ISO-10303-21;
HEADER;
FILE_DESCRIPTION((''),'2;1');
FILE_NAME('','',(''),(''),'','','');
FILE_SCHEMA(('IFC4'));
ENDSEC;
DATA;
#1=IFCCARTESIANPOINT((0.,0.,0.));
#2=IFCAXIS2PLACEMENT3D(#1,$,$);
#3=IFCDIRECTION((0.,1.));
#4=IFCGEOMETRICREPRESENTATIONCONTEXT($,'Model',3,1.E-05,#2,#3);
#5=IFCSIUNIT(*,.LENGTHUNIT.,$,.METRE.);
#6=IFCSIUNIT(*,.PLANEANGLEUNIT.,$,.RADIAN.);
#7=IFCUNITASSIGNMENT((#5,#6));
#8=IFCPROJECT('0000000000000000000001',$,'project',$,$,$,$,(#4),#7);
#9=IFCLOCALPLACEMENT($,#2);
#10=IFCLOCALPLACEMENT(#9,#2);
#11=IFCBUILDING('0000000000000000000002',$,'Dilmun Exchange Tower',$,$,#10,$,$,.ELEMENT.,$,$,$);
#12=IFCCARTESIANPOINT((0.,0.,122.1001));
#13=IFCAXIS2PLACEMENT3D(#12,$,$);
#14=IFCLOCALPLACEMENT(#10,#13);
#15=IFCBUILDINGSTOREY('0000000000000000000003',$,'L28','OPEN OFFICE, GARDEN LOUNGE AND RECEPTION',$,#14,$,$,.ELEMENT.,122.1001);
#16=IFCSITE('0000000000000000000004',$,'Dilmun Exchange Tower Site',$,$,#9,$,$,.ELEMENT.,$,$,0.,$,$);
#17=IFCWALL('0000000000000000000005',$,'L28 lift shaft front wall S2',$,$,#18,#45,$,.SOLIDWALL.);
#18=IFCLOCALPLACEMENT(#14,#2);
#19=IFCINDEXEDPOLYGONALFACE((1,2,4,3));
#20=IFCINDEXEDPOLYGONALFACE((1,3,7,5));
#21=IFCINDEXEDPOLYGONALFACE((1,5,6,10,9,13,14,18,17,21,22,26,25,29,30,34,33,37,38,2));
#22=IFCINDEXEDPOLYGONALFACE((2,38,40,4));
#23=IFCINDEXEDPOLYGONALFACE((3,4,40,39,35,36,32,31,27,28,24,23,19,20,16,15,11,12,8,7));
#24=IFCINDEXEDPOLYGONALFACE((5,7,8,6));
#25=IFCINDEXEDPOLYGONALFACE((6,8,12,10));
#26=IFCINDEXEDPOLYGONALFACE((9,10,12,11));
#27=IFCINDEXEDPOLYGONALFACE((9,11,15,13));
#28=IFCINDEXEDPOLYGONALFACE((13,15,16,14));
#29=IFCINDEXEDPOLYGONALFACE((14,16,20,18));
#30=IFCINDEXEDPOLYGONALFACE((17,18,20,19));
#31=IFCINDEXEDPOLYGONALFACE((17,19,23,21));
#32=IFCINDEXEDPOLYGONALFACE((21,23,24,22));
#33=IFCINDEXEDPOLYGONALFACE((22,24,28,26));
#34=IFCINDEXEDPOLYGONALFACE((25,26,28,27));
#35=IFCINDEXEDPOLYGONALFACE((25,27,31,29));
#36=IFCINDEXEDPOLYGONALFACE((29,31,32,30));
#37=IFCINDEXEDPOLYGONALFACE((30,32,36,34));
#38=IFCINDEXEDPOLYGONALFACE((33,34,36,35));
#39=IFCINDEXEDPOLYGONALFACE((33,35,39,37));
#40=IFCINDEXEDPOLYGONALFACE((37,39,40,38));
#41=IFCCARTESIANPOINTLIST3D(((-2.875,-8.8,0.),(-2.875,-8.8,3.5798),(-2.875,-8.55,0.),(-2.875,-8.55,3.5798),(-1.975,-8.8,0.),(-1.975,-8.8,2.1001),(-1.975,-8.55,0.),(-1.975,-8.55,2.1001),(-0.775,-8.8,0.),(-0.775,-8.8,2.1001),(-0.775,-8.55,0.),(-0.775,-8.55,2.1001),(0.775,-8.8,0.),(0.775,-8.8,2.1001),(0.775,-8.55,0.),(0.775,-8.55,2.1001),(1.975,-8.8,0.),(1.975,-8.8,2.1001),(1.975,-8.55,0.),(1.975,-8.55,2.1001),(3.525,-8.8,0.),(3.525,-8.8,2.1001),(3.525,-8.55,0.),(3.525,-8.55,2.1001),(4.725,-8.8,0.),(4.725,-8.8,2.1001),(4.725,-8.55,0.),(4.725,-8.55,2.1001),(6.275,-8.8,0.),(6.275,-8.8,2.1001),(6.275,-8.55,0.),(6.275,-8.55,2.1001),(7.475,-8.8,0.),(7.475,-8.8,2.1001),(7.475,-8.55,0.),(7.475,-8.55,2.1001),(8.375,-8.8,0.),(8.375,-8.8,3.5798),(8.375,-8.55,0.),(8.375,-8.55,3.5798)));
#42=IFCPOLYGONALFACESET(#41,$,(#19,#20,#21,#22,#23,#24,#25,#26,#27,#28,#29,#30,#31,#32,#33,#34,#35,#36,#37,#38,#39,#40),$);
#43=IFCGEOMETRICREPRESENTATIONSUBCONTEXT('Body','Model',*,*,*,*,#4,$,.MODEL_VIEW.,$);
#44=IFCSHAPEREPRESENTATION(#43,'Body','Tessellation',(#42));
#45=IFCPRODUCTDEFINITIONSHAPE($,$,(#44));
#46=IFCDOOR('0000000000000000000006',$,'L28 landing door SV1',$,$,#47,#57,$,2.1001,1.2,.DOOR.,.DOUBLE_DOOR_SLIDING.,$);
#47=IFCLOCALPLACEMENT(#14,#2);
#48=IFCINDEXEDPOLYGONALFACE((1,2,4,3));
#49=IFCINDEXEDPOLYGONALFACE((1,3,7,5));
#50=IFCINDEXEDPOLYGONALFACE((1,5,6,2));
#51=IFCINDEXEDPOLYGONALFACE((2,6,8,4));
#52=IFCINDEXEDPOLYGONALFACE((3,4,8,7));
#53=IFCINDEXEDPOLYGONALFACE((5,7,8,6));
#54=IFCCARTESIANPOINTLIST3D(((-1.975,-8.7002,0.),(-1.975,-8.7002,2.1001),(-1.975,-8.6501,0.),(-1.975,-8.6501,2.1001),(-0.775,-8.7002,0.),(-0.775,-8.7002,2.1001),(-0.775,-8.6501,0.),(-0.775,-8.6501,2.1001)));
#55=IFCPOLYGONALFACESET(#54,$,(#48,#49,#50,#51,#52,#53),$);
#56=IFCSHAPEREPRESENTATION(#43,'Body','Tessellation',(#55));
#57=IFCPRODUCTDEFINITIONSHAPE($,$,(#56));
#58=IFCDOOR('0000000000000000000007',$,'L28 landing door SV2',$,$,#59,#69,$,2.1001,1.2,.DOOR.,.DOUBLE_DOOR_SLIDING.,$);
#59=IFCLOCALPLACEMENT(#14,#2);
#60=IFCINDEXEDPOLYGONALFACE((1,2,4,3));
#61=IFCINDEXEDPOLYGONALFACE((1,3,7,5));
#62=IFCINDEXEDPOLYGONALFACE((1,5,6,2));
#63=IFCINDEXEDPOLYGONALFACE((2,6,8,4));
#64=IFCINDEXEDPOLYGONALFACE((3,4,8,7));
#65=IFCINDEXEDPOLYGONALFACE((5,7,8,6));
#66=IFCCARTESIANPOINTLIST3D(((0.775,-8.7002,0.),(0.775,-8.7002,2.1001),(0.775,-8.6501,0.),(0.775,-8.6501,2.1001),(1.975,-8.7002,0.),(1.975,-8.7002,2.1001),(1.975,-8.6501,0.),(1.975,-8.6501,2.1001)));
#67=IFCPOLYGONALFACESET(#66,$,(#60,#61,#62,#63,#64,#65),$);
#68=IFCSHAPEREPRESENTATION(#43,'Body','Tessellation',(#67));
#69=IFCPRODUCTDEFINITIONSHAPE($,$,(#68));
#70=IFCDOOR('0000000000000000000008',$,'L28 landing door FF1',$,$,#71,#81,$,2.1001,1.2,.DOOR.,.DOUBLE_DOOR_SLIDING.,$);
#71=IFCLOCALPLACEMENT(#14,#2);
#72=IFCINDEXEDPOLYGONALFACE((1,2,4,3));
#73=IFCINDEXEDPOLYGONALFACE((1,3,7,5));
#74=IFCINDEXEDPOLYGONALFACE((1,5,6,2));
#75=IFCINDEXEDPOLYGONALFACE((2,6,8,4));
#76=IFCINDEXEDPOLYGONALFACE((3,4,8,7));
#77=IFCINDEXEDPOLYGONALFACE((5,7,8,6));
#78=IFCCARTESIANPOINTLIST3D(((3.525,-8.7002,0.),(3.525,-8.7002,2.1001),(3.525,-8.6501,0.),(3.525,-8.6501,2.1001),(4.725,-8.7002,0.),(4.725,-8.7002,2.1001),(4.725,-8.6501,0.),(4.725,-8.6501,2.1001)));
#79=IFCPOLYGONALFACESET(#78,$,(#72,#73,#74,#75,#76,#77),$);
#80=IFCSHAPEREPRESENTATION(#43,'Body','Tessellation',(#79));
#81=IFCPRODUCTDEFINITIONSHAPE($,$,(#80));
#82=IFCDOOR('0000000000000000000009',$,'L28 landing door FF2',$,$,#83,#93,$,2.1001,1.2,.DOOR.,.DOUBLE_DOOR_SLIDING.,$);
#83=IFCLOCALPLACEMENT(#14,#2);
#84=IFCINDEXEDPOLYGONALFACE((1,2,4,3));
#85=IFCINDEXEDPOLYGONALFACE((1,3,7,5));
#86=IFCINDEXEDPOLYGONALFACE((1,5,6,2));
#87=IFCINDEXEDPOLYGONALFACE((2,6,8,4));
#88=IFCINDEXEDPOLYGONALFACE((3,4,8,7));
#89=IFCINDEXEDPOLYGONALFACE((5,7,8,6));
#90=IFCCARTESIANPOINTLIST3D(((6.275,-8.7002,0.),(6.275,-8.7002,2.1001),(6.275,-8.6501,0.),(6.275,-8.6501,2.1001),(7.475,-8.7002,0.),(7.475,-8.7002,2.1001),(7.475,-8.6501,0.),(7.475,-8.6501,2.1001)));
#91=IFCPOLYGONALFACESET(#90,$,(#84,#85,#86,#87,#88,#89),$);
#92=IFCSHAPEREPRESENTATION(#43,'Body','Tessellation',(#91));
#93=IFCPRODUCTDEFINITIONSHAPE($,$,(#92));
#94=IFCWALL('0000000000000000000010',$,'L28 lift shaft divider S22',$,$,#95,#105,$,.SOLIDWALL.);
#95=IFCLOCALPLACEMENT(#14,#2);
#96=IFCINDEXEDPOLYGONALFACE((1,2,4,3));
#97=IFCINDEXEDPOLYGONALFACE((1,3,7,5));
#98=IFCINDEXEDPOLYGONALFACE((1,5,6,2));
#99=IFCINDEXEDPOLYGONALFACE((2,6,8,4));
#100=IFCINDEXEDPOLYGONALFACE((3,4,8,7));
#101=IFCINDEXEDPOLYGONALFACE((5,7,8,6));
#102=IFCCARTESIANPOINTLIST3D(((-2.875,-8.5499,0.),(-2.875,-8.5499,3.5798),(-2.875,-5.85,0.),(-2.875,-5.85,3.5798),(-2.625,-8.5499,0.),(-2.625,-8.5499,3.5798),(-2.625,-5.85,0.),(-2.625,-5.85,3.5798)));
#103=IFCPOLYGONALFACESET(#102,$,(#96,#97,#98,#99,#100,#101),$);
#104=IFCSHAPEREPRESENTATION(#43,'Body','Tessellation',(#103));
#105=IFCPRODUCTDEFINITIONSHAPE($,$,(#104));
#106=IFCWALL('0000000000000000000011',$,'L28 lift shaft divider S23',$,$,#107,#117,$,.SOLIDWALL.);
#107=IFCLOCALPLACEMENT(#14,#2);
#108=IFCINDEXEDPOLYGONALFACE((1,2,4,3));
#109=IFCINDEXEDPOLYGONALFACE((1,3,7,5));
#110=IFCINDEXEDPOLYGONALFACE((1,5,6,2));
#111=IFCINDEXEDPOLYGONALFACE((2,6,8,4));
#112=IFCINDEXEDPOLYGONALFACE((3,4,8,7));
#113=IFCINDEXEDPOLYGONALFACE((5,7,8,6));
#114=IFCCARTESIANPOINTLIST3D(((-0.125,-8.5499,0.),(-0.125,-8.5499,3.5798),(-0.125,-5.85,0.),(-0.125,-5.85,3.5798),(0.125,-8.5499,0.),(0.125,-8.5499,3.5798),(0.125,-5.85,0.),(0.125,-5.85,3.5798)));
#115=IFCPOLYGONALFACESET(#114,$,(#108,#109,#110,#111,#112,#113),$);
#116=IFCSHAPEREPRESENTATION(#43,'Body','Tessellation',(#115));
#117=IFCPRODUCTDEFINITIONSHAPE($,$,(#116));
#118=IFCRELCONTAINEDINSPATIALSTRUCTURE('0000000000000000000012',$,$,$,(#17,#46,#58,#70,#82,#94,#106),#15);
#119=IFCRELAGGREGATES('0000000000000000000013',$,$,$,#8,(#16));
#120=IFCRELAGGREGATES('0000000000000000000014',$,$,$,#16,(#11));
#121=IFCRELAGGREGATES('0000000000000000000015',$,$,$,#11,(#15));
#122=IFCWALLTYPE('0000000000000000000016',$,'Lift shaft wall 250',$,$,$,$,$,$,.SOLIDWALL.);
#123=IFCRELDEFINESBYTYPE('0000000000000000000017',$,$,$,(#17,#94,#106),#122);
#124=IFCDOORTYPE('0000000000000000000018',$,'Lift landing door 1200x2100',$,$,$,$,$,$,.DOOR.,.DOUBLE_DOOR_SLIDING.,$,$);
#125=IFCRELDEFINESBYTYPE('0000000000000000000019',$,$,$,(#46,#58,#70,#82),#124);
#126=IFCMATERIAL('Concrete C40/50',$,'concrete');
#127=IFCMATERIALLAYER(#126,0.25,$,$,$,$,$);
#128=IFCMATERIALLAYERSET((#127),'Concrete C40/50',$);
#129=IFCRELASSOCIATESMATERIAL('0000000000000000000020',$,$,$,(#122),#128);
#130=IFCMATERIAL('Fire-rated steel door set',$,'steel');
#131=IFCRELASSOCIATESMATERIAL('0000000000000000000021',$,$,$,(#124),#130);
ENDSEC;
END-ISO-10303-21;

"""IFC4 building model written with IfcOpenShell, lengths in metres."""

from ifc_helpers import new_model, si_unit, direction, frame, frame_2d, origin, place, context, subcontext, project, spatial, rectangle, extrude, material, layer, layer_set, type_object, element, fill, save


model = new_model("IFC4")

# Units and contexts
model_context = context("Model", 3, precision=1e-05, world=origin(), true_north=direction((0.0, 1.0)))
body_context = subcontext(model_context, "Body", "Model", "MODEL_VIEW")
ifc_project = project(units=[si_unit("LENGTHUNIT", "METRE"), si_unit("PLANEANGLEUNIT", "RADIAN")], contexts=[model_context])

# Site, building, storey
site_placement = place(None, origin())
site = spatial("IfcSite", under=ifc_project, at=site_placement, Name="Dilmun Exchange Tower Site", CompositionType="ELEMENT", RefElevation=0.0)
building_placement = place(site_placement, origin())
building = spatial("IfcBuilding", under=site, at=building_placement, Name="Dilmun Exchange Tower", CompositionType="ELEMENT")
storey_placement = place(building_placement, frame((0.0, 0.0, 122.1001)))
storey = spatial("IfcBuildingStorey", under=building, at=storey_placement, Name="L28", Description="OPEN OFFICE, GARDEN LOUNGE AND RECEPTION", CompositionType="ELEMENT", Elevation=122.1001)

# Shared definitions
ifc_material_1 = material(Name="Concrete C40/50", Category="concrete")

# Shared definitions
ifc_material_2 = material(Name="Fire-rated steel door set", Category="steel")

# Shared definitions
ifc_layer_1 = layer(ifc_material_1, 0.25)
ifc_layer_set_1 = layer_set([ifc_layer_1], Name="Concrete C40/50")
wall_type_1 = type_object("IfcWallType", Name="Lift shaft wall 250", PredefinedType="SOLIDWALL", material=ifc_layer_set_1)

# Wall, openings, doors
wall_1_placement = place(storey_placement, frame((-2.875, -8.675, 0.0), z_axis=(0.0, 0.0, 1.0), x_axis=(1.0, 0.0, 0.0)))
wall_1 = element("IfcWall", 1, at=wall_1_placement, inside=storey, type_object=wall_type_1, Name="L28 lift shaft front wall S2", PredefinedType="SOLIDWALL", context=body_context, shape_type="SweptSolid", body=[
    extrude(rectangle(XDim=11.25, YDim=0.25, at=frame_2d((5.625, 0.0))), origin(), (0.0, 0.0, 1.0), 3.5798),
])
opening_1_placement = place(wall_1_placement, frame((0.8999, 0.0, 0.0)))
opening_1 = element("IfcOpeningElement", 2, at=opening_1_placement, cuts=wall_1, PredefinedType="OPENING", context=body_context, shape_type="SweptSolid", body=[
    extrude(rectangle(XDim=1.2, YDim=2.1001, at=frame_2d((0.6001, 1.05))), frame((0.0, 0.135, 0.0), z_axis=(0.0, -1.0, 0.0), x_axis=(1.0, 0.0, 0.0)), (0.0, 0.0, 1.0), 0.27),
])
opening_2_placement = place(wall_1_placement, frame((3.6499, 0.0, 0.0)))
opening_2 = element("IfcOpeningElement", 3, at=opening_2_placement, cuts=wall_1, PredefinedType="OPENING", context=body_context, shape_type="SweptSolid", body=[
    extrude(rectangle(XDim=1.2, YDim=2.1001, at=frame_2d((0.6001, 1.05))), frame((0.0, 0.135, 0.0), z_axis=(0.0, -1.0, 0.0), x_axis=(1.0, 0.0, 0.0)), (0.0, 0.0, 1.0), 0.27),
])
opening_3_placement = place(wall_1_placement, frame((6.3999, 0.0, 0.0)))
opening_3 = element("IfcOpeningElement", 4, at=opening_3_placement, cuts=wall_1, PredefinedType="OPENING", context=body_context, shape_type="SweptSolid", body=[
    extrude(rectangle(XDim=1.2, YDim=2.1001, at=frame_2d((0.6001, 1.05))), frame((0.0, 0.135, 0.0), z_axis=(0.0, -1.0, 0.0), x_axis=(1.0, 0.0, 0.0)), (0.0, 0.0, 1.0), 0.27),
])
opening_4_placement = place(wall_1_placement, frame((9.1499, 0.0, 0.0)))
opening_4 = element("IfcOpeningElement", 5, at=opening_4_placement, cuts=wall_1, PredefinedType="OPENING", context=body_context, shape_type="SweptSolid", body=[
    extrude(rectangle(XDim=1.2, YDim=2.1001, at=frame_2d((0.6001, 1.05))), frame((0.0, 0.135, 0.0), z_axis=(0.0, -1.0, 0.0), x_axis=(1.0, 0.0, 0.0)), (0.0, 0.0, 1.0), 0.27),
])
door_type_1 = type_object("IfcDoorType", Name="Lift landing door 1200x2100", OperationType="DOUBLE_DOOR_SLIDING", PredefinedType="DOOR", material=ifc_material_2)
door_1_placement = place(opening_1_placement, origin())
door_1 = element("IfcDoor", 6, at=door_1_placement, inside=storey, type_object=door_type_1, Name="L28 landing door SV1", OperationType="DOUBLE_DOOR_SLIDING", OverallHeight=2.1001, OverallWidth=1.2, PredefinedType="DOOR", context=body_context, shape_type="SweptSolid", body=[
    extrude(rectangle(XDim=1.2, YDim=2.1001, at=frame_2d((0.6001, 1.05))), frame((0.0, 0.0249, 0.0), z_axis=(0.0, -1.0, 0.0), x_axis=(1.0, 0.0, 0.0)), (0.0, 0.0, 1.0), 0.05),
])
fill(opening_1, door_1)
door_2_placement = place(opening_2_placement, origin())
door_2 = element("IfcDoor", 7, at=door_2_placement, inside=storey, type_object=door_type_1, Name="L28 landing door SV2", OperationType="DOUBLE_DOOR_SLIDING", OverallHeight=2.1001, OverallWidth=1.2, PredefinedType="DOOR", context=body_context, shape_type="SweptSolid", body=[
    extrude(rectangle(XDim=1.2, YDim=2.1001, at=frame_2d((0.6001, 1.05))), frame((0.0, 0.0249, 0.0), z_axis=(0.0, -1.0, 0.0), x_axis=(1.0, 0.0, 0.0)), (0.0, 0.0, 1.0), 0.05),
])
fill(opening_2, door_2)
door_3_placement = place(opening_3_placement, origin())
door_3 = element("IfcDoor", 8, at=door_3_placement, inside=storey, type_object=door_type_1, Name="L28 landing door FF1", OperationType="DOUBLE_DOOR_SLIDING", OverallHeight=2.1001, OverallWidth=1.2, PredefinedType="DOOR", context=body_context, shape_type="SweptSolid", body=[
    extrude(rectangle(XDim=1.2, YDim=2.1001, at=frame_2d((0.6001, 1.05))), frame((0.0, 0.0249, 0.0), z_axis=(0.0, -1.0, 0.0), x_axis=(1.0, 0.0, 0.0)), (0.0, 0.0, 1.0), 0.05),
])
fill(opening_3, door_3)
door_4_placement = place(opening_4_placement, origin())
door_4 = element("IfcDoor", 9, at=door_4_placement, inside=storey, type_object=door_type_1, Name="L28 landing door FF2", OperationType="DOUBLE_DOOR_SLIDING", OverallHeight=2.1001, OverallWidth=1.2, PredefinedType="DOOR", context=body_context, shape_type="SweptSolid", body=[
    extrude(rectangle(XDim=1.2, YDim=2.1001, at=frame_2d((0.6001, 1.05))), frame((0.0, 0.0249, 0.0), z_axis=(0.0, -1.0, 0.0), x_axis=(1.0, 0.0, 0.0)), (0.0, 0.0, 1.0), 0.05),
])
fill(opening_4, door_4)

# Walls
for number, where, z_axis, x_axis, name in (
    (10, (-2.75, -8.55, 0.0), (0.0, 0.0, 1.0), (0.0, 1.0, 0.0), "L28 lift shaft divider S22"),
    (11, (0.0, -8.55, 0.0), (0.0, 0.0, 1.0), (0.0, 1.0, 0.0), "L28 lift shaft divider S23"),
):
    element("IfcWall", number, at=place(storey_placement, frame(where, z_axis=z_axis, x_axis=x_axis)), inside=storey, type_object=wall_type_1, Name=name, PredefinedType="SOLIDWALL", context=body_context, shape_type="SweptSolid", body=[
        extrude(rectangle(XDim=2.7, YDim=0.25, at=frame_2d((1.3501, 0.0))), origin(), (0.0, 0.0, 1.0), 3.5798),
    ])

save(model, "model.ifc")
